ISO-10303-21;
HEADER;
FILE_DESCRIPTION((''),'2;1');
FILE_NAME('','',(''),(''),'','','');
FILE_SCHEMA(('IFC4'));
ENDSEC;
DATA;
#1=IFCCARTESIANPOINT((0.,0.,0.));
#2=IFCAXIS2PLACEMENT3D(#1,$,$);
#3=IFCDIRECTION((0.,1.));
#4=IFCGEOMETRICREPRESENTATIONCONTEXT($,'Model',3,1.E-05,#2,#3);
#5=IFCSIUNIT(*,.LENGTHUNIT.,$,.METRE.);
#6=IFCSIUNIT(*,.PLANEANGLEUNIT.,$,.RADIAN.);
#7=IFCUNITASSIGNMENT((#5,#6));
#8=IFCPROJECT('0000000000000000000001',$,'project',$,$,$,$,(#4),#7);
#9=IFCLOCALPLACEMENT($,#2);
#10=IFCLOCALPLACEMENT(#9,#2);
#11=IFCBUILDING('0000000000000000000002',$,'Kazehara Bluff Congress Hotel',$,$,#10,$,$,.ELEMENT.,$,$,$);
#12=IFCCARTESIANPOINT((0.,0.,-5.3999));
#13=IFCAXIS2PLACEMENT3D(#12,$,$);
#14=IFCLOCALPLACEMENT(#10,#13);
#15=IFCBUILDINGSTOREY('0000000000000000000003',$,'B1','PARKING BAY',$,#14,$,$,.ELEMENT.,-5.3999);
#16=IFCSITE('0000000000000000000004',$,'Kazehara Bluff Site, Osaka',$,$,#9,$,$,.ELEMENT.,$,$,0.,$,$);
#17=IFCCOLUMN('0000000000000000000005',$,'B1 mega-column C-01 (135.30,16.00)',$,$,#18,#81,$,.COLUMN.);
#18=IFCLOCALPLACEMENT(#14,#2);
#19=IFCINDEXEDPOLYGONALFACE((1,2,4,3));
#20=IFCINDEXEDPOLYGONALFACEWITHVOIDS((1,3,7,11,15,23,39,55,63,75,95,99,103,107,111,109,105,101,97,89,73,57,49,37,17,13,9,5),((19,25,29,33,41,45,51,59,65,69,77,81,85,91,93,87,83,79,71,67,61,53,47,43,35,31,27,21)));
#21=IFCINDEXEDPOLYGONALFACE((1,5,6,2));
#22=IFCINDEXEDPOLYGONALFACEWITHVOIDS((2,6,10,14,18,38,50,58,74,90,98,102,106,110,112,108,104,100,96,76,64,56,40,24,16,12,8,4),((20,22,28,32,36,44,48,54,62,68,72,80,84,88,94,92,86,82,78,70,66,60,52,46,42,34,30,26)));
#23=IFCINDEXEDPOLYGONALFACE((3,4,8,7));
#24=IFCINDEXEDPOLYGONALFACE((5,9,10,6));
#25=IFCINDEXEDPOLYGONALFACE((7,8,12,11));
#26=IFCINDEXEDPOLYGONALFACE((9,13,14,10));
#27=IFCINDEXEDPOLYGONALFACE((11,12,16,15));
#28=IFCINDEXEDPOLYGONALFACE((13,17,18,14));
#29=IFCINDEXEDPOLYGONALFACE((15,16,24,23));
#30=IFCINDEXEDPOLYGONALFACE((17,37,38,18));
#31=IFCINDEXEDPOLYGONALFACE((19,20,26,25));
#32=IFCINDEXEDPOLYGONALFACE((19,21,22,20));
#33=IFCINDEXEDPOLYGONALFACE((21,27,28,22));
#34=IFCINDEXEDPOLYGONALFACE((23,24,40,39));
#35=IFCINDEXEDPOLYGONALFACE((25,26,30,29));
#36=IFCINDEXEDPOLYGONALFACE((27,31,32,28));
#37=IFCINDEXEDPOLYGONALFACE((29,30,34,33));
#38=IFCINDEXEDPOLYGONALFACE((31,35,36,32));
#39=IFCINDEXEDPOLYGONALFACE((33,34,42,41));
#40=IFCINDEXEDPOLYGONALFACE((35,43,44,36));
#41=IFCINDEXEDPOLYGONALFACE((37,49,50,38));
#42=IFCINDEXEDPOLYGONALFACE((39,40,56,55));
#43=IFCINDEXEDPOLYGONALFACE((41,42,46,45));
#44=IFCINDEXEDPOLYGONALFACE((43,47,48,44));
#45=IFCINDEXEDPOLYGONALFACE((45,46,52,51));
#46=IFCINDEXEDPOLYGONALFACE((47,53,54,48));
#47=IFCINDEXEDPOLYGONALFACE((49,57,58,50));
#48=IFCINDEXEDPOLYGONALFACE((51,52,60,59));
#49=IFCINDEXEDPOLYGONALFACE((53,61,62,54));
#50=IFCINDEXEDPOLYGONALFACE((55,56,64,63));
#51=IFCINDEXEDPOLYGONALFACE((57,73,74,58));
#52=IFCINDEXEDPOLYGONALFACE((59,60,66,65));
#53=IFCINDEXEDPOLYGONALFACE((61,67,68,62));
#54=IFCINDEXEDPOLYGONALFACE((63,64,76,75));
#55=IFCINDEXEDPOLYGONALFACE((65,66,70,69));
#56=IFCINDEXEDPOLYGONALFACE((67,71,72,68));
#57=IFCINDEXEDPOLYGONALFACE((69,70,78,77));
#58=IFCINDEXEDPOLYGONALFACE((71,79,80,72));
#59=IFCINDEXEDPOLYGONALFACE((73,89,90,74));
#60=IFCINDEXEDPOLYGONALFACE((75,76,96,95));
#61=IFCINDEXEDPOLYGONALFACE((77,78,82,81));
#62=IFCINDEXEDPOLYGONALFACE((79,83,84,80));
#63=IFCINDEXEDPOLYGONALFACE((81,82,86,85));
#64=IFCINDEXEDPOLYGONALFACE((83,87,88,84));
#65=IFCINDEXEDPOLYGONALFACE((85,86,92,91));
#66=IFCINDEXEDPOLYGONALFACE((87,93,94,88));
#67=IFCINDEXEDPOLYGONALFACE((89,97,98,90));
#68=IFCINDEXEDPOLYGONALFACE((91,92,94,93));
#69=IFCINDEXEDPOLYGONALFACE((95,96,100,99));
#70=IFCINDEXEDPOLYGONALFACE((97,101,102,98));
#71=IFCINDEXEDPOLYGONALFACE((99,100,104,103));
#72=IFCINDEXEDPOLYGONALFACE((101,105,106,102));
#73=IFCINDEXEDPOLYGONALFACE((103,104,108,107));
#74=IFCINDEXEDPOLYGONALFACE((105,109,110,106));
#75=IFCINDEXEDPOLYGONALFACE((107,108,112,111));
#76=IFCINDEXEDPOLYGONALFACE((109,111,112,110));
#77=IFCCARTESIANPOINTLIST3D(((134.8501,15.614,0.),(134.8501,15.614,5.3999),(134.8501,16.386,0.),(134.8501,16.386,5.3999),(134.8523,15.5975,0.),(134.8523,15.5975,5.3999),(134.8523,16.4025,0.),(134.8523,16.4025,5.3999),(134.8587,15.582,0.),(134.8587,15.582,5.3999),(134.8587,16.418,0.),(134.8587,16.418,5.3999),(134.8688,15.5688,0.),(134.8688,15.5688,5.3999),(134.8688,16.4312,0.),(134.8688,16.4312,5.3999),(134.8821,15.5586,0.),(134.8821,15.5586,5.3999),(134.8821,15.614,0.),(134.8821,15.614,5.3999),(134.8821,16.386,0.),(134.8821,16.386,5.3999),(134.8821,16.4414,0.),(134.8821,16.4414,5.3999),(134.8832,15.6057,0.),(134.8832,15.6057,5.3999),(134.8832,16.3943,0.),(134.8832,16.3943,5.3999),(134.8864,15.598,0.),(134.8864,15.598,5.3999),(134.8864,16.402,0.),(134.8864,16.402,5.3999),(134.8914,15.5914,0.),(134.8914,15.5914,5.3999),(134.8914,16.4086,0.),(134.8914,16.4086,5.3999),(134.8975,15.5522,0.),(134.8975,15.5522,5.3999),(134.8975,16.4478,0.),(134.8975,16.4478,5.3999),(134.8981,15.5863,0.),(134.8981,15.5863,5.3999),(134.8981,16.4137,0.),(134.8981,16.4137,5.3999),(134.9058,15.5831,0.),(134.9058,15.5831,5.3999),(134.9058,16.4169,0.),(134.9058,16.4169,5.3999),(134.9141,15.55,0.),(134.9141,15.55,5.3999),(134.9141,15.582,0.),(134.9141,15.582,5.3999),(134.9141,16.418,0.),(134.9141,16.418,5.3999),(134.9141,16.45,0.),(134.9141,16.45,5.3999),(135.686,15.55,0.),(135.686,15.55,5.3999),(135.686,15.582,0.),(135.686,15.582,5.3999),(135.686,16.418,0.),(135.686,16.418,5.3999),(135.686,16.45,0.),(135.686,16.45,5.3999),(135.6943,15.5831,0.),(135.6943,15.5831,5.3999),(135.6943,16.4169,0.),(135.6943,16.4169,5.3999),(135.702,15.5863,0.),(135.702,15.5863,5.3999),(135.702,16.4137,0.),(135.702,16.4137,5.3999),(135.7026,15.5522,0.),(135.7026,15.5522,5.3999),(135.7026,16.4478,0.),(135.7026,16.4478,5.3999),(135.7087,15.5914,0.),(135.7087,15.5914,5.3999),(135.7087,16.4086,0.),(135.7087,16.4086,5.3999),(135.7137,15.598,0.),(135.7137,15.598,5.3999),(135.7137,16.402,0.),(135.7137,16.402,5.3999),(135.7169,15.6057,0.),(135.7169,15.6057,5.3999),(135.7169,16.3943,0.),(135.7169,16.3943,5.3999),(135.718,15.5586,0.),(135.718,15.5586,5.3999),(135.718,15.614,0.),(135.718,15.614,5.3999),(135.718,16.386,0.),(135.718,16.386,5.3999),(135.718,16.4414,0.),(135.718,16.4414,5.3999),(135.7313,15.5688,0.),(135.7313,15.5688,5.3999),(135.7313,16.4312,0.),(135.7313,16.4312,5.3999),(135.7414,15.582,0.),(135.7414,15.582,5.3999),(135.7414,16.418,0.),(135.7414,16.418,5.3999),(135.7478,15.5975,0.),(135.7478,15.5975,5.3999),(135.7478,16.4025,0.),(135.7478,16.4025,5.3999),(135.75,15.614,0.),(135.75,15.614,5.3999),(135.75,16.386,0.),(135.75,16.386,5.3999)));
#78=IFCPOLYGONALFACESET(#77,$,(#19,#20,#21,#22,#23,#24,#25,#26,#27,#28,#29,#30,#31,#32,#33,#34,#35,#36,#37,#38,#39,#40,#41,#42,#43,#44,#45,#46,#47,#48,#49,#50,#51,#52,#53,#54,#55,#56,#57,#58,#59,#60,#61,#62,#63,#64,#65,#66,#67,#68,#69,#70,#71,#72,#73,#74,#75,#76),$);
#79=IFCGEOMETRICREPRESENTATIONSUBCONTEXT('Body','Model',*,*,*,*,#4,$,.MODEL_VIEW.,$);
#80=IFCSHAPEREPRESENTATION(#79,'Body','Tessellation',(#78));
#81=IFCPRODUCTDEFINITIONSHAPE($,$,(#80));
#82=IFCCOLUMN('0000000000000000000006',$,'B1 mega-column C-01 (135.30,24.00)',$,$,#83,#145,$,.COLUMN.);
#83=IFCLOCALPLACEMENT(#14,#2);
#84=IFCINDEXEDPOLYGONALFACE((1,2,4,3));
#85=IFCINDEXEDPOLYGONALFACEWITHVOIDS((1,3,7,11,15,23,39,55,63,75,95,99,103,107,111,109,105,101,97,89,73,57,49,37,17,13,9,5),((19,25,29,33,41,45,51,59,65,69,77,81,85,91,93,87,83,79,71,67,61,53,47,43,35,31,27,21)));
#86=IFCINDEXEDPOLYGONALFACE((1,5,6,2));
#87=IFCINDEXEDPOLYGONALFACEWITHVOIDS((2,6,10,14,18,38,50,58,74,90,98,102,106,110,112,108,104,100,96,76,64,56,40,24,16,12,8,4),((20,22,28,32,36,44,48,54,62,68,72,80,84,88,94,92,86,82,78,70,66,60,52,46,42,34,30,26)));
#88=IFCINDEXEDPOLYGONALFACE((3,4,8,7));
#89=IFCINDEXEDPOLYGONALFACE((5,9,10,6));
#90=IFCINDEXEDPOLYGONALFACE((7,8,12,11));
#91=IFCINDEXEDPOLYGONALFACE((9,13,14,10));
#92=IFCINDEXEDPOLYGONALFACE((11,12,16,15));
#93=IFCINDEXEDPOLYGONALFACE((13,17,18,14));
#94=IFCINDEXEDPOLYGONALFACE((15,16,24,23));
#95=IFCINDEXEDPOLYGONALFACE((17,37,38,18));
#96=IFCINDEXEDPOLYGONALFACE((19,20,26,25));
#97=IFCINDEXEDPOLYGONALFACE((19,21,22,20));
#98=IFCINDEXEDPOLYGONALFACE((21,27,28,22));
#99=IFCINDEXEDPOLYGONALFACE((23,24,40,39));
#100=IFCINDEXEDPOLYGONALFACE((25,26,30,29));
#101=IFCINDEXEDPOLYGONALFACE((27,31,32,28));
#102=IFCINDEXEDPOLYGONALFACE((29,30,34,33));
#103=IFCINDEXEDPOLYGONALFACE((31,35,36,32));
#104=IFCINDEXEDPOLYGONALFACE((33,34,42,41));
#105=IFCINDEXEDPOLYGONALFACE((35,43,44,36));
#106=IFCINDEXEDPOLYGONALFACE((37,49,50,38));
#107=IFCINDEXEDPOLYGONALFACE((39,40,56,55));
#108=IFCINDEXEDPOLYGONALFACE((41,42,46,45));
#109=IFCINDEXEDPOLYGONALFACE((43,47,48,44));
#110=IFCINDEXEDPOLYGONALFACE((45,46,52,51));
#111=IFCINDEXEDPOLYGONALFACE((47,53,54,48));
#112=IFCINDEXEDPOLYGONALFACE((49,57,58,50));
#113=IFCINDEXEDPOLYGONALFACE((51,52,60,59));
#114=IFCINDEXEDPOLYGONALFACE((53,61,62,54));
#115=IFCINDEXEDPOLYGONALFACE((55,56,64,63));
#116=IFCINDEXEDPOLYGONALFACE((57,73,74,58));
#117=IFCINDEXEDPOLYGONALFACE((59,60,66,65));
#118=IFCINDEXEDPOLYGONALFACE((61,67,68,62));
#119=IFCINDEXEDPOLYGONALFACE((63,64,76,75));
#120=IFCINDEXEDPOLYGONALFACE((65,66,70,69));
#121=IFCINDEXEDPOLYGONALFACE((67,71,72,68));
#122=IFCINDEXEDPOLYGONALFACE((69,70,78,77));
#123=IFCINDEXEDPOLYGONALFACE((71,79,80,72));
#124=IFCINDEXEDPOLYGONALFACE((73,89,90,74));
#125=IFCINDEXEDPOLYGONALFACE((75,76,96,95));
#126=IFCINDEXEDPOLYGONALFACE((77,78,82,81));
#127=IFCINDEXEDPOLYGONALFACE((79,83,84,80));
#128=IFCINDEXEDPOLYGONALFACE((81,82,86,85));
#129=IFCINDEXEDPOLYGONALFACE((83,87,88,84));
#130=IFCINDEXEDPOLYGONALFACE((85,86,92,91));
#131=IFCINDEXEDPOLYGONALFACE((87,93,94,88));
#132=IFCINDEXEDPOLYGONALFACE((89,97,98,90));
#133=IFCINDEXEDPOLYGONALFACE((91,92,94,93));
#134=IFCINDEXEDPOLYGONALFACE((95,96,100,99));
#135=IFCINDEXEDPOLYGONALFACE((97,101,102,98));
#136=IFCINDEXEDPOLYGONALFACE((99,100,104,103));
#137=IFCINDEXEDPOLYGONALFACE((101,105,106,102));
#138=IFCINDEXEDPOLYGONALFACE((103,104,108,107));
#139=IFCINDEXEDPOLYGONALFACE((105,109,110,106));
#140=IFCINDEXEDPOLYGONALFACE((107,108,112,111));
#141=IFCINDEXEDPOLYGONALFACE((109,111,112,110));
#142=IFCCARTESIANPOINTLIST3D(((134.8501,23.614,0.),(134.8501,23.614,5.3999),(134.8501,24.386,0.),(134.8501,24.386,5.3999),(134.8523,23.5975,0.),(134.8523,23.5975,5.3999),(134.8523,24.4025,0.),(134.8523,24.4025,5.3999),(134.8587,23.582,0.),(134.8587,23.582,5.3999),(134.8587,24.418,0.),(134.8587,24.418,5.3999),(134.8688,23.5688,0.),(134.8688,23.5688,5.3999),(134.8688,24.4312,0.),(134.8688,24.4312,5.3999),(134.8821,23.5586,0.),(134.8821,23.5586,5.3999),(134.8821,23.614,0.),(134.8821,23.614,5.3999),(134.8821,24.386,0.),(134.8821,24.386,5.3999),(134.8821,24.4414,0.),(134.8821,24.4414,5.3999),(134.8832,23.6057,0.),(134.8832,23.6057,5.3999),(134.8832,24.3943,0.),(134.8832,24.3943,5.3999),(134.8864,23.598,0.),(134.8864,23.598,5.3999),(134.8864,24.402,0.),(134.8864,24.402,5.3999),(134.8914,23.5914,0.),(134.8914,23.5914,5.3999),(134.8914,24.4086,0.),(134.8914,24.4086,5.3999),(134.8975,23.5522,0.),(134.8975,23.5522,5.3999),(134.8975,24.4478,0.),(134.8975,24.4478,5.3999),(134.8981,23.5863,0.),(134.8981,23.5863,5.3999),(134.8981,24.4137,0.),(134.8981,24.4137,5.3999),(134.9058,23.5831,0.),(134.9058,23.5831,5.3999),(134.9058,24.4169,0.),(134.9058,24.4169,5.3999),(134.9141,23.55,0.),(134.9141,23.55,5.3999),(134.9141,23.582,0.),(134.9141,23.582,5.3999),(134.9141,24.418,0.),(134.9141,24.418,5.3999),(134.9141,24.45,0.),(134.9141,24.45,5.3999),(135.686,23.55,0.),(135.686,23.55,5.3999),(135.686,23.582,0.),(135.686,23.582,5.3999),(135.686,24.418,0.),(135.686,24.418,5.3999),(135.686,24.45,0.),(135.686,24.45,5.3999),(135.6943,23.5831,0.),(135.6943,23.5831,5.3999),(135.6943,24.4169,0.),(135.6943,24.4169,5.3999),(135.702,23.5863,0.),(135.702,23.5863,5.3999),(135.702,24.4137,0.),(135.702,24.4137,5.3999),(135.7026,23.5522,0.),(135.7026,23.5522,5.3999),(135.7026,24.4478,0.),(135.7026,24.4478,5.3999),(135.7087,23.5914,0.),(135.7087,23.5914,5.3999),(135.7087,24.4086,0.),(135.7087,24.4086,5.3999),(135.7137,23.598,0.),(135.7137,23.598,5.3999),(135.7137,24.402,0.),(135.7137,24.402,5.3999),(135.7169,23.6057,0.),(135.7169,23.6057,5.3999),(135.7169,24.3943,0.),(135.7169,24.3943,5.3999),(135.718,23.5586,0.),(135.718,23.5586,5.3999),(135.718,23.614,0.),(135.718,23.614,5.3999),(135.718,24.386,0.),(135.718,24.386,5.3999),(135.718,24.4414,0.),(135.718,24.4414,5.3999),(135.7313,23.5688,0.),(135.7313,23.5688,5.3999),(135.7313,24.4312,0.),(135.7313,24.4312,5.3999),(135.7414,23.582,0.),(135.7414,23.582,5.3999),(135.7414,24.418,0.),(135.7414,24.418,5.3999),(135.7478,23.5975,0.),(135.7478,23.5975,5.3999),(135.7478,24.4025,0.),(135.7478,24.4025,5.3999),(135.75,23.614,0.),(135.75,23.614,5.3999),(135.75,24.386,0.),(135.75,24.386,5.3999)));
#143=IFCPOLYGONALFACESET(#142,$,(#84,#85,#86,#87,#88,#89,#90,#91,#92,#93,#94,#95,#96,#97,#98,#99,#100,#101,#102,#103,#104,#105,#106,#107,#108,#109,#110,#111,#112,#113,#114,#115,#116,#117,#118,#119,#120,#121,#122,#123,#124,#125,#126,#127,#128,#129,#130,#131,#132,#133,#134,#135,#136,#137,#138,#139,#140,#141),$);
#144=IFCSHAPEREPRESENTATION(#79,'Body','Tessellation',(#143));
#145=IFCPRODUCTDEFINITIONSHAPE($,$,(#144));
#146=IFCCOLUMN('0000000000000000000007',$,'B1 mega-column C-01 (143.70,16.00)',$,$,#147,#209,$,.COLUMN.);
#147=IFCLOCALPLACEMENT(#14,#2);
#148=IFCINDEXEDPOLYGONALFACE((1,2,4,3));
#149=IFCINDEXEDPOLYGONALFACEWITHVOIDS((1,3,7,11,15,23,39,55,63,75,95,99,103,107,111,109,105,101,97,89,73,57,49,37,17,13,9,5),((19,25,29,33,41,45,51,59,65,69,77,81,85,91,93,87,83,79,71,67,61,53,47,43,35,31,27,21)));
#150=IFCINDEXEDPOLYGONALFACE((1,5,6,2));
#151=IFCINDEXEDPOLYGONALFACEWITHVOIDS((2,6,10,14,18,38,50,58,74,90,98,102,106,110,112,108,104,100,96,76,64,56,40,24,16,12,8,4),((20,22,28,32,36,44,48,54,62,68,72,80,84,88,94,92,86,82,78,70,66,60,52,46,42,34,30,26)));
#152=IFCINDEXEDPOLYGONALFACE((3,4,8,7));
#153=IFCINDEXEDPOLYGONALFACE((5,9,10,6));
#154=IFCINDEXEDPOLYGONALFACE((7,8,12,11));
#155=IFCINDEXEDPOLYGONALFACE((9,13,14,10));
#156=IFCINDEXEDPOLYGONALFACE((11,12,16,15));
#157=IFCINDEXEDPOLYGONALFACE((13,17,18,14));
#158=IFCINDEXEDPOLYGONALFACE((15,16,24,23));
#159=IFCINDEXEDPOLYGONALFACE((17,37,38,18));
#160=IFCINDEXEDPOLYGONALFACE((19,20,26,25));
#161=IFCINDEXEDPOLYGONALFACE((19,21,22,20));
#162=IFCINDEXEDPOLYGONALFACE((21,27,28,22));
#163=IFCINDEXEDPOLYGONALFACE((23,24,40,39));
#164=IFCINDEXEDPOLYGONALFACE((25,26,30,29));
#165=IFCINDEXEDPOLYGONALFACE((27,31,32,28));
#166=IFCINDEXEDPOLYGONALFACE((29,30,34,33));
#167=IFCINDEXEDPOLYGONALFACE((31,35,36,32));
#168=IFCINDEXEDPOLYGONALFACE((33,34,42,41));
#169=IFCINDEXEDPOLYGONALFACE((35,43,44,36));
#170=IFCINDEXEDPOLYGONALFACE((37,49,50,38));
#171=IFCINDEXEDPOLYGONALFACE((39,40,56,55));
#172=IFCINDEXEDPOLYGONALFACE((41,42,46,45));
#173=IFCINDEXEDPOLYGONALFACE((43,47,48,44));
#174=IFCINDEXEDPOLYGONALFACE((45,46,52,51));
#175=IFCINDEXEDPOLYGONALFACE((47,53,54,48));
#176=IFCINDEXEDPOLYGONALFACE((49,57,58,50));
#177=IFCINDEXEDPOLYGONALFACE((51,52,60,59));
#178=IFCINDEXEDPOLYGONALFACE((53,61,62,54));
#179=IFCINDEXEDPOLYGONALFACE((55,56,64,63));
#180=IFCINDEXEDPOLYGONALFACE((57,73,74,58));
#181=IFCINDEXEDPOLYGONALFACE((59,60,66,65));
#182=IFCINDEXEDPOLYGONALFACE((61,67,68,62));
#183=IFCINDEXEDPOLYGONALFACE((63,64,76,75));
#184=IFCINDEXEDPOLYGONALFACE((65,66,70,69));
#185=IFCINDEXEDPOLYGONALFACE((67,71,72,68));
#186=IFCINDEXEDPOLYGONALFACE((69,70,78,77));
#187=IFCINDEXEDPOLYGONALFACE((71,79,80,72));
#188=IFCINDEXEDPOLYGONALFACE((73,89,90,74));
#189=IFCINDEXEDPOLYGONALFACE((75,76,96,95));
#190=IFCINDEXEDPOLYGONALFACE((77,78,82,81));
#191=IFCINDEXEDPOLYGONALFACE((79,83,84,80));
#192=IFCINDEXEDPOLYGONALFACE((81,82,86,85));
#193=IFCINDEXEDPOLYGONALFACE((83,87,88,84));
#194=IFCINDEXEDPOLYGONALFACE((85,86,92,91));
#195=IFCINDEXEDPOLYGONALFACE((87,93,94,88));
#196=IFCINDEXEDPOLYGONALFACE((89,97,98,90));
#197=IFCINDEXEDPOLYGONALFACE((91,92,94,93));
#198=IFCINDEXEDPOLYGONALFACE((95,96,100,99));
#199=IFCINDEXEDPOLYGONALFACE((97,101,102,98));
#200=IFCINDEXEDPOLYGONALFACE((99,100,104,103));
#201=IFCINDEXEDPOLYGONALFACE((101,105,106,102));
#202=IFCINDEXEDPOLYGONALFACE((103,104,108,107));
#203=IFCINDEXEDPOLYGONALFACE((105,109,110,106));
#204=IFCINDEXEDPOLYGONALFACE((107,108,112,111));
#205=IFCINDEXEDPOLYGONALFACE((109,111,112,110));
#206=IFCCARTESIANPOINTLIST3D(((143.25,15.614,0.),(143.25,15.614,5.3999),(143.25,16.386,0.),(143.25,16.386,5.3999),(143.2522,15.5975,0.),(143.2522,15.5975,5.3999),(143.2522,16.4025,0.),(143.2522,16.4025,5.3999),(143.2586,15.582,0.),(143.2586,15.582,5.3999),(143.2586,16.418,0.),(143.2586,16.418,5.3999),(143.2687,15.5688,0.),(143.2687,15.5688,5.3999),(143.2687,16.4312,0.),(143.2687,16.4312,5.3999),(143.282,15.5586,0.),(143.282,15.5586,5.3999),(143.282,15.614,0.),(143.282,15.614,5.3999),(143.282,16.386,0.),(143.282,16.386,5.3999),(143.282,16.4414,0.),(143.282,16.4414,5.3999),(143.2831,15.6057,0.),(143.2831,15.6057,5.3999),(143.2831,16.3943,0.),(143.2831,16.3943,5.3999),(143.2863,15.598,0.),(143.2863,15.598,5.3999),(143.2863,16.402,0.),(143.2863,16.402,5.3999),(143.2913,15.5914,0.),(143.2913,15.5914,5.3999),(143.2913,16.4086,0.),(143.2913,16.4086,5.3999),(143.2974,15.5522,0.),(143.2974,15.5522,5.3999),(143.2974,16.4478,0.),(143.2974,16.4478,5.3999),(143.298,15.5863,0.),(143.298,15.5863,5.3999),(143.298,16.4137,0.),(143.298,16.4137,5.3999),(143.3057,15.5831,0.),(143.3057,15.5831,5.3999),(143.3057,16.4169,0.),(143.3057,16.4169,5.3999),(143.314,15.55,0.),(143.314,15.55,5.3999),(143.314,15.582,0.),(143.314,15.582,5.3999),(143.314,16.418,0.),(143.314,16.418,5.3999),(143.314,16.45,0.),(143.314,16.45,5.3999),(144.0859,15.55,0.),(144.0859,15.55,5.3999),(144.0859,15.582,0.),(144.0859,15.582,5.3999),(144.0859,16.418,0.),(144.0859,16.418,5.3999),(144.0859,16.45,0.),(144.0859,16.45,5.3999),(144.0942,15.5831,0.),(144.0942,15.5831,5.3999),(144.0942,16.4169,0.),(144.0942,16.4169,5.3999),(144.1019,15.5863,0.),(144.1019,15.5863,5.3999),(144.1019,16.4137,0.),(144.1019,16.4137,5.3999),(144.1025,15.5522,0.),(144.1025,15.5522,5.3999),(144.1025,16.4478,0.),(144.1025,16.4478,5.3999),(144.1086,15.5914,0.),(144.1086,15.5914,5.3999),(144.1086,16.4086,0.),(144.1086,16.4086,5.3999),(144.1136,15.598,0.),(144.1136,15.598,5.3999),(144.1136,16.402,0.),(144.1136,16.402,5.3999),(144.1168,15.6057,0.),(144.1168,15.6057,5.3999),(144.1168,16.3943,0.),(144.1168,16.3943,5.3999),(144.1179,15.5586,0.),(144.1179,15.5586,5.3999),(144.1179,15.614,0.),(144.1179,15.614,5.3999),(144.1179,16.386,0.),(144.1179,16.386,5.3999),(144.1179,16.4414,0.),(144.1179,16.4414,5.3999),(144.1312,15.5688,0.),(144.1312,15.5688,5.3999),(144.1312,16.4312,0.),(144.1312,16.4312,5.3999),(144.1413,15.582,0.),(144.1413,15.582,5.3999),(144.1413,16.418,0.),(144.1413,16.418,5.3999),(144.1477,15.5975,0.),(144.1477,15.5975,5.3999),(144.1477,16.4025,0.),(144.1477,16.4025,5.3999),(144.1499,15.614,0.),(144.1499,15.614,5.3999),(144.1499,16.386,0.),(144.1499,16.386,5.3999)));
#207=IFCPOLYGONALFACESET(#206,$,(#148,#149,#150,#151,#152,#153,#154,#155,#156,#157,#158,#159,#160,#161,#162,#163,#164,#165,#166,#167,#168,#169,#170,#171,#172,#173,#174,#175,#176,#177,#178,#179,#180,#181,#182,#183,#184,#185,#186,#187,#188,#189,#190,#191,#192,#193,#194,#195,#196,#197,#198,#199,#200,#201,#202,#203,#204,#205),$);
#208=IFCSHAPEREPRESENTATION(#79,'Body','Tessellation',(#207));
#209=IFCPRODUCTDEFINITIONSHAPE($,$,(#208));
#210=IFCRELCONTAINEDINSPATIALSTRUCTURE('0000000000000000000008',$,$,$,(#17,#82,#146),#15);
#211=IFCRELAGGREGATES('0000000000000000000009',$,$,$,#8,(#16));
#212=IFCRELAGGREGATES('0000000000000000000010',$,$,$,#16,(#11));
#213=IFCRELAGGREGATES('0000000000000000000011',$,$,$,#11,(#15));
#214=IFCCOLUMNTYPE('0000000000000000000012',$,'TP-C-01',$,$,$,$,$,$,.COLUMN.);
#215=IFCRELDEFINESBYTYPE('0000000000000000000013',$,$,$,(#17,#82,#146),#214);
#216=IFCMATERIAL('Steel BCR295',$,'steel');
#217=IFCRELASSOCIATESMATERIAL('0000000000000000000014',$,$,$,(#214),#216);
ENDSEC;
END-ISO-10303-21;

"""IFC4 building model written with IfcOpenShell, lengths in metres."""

from ifc_helpers import new_model, si_unit, direction, frame, origin, origin_2d, place, context, subcontext, project, spatial, hollow_rectangle, extrude, material, material_profile, profile_set, type_object, element, save


model = new_model("IFC4")

# Units and contexts
model_context = context("Model", 3, precision=1e-05, world=origin(), true_north=direction((0.0, 1.0)))
body_context = subcontext(model_context, "Body", "Model", "MODEL_VIEW")
ifc_project = project(units=[si_unit("LENGTHUNIT", "METRE"), si_unit("PLANEANGLEUNIT", "RADIAN")], contexts=[model_context])

# Site, building, storey
site_placement = place(None, origin())
site = spatial("IfcSite", under=ifc_project, at=site_placement, Name="Kazehara Bluff Site, Osaka", CompositionType="ELEMENT", RefElevation=0.0)
building_placement = place(site_placement, origin())
building = spatial("IfcBuilding", under=site, at=building_placement, Name="Kazehara Bluff Congress Hotel", CompositionType="ELEMENT")
storey_placement = place(building_placement, frame((0.0, 0.0, -5.3999)))
storey = spatial("IfcBuildingStorey", under=building, at=storey_placement, Name="B1", Description="PARKING BAY", CompositionType="ELEMENT", Elevation=-5.3999)

# Columns
ifc_material_1 = material(Name="Steel BCR295", Category="steel")
ifc_material_profile_1 = material_profile(ifc_material_1, hollow_rectangle(XDim=0.8999, YDim=0.8999, WallThickness=0.032, InnerFilletRadius=0.032, OuterFilletRadius=0.064, at=origin_2d()))
ifc_profile_set_1 = profile_set([ifc_material_profile_1], Name="Steel BCR295")
column_type = type_object("IfcColumnType", Name="TP-C-01", PredefinedType="COLUMN", material=ifc_profile_set_1)
for number, where, z_axis, x_axis, name in (
    (1, (135.3, 16.0, 0.0), (0.0, 0.0, 1.0), (1.0, 0.0, 0.0), "B1 mega-column C-01 (135.30,16.00)"),
    (2, (135.3, 24.0, 0.0), (0.0, 0.0, 1.0), (1.0, 0.0, 0.0), "B1 mega-column C-01 (135.30,24.00)"),
    (3, (143.7, 16.0, 0.0), (0.0, 0.0, 1.0), (1.0, 0.0, 0.0), "B1 mega-column C-01 (143.70,16.00)"),
):
    element("IfcColumn", number, at=place(storey_placement, frame(where, z_axis=z_axis, x_axis=x_axis)), inside=storey, type_object=column_type, Name=name, PredefinedType="COLUMN", context=body_context, shape_type="SweptSolid", body=[
        extrude(hollow_rectangle(XDim=0.8999, YDim=0.8999, WallThickness=0.032, InnerFilletRadius=0.032, OuterFilletRadius=0.064, at=origin_2d()), origin(), (0.0, 0.0, 1.0), 5.3999),
    ])

save(model, "model.ifc")
